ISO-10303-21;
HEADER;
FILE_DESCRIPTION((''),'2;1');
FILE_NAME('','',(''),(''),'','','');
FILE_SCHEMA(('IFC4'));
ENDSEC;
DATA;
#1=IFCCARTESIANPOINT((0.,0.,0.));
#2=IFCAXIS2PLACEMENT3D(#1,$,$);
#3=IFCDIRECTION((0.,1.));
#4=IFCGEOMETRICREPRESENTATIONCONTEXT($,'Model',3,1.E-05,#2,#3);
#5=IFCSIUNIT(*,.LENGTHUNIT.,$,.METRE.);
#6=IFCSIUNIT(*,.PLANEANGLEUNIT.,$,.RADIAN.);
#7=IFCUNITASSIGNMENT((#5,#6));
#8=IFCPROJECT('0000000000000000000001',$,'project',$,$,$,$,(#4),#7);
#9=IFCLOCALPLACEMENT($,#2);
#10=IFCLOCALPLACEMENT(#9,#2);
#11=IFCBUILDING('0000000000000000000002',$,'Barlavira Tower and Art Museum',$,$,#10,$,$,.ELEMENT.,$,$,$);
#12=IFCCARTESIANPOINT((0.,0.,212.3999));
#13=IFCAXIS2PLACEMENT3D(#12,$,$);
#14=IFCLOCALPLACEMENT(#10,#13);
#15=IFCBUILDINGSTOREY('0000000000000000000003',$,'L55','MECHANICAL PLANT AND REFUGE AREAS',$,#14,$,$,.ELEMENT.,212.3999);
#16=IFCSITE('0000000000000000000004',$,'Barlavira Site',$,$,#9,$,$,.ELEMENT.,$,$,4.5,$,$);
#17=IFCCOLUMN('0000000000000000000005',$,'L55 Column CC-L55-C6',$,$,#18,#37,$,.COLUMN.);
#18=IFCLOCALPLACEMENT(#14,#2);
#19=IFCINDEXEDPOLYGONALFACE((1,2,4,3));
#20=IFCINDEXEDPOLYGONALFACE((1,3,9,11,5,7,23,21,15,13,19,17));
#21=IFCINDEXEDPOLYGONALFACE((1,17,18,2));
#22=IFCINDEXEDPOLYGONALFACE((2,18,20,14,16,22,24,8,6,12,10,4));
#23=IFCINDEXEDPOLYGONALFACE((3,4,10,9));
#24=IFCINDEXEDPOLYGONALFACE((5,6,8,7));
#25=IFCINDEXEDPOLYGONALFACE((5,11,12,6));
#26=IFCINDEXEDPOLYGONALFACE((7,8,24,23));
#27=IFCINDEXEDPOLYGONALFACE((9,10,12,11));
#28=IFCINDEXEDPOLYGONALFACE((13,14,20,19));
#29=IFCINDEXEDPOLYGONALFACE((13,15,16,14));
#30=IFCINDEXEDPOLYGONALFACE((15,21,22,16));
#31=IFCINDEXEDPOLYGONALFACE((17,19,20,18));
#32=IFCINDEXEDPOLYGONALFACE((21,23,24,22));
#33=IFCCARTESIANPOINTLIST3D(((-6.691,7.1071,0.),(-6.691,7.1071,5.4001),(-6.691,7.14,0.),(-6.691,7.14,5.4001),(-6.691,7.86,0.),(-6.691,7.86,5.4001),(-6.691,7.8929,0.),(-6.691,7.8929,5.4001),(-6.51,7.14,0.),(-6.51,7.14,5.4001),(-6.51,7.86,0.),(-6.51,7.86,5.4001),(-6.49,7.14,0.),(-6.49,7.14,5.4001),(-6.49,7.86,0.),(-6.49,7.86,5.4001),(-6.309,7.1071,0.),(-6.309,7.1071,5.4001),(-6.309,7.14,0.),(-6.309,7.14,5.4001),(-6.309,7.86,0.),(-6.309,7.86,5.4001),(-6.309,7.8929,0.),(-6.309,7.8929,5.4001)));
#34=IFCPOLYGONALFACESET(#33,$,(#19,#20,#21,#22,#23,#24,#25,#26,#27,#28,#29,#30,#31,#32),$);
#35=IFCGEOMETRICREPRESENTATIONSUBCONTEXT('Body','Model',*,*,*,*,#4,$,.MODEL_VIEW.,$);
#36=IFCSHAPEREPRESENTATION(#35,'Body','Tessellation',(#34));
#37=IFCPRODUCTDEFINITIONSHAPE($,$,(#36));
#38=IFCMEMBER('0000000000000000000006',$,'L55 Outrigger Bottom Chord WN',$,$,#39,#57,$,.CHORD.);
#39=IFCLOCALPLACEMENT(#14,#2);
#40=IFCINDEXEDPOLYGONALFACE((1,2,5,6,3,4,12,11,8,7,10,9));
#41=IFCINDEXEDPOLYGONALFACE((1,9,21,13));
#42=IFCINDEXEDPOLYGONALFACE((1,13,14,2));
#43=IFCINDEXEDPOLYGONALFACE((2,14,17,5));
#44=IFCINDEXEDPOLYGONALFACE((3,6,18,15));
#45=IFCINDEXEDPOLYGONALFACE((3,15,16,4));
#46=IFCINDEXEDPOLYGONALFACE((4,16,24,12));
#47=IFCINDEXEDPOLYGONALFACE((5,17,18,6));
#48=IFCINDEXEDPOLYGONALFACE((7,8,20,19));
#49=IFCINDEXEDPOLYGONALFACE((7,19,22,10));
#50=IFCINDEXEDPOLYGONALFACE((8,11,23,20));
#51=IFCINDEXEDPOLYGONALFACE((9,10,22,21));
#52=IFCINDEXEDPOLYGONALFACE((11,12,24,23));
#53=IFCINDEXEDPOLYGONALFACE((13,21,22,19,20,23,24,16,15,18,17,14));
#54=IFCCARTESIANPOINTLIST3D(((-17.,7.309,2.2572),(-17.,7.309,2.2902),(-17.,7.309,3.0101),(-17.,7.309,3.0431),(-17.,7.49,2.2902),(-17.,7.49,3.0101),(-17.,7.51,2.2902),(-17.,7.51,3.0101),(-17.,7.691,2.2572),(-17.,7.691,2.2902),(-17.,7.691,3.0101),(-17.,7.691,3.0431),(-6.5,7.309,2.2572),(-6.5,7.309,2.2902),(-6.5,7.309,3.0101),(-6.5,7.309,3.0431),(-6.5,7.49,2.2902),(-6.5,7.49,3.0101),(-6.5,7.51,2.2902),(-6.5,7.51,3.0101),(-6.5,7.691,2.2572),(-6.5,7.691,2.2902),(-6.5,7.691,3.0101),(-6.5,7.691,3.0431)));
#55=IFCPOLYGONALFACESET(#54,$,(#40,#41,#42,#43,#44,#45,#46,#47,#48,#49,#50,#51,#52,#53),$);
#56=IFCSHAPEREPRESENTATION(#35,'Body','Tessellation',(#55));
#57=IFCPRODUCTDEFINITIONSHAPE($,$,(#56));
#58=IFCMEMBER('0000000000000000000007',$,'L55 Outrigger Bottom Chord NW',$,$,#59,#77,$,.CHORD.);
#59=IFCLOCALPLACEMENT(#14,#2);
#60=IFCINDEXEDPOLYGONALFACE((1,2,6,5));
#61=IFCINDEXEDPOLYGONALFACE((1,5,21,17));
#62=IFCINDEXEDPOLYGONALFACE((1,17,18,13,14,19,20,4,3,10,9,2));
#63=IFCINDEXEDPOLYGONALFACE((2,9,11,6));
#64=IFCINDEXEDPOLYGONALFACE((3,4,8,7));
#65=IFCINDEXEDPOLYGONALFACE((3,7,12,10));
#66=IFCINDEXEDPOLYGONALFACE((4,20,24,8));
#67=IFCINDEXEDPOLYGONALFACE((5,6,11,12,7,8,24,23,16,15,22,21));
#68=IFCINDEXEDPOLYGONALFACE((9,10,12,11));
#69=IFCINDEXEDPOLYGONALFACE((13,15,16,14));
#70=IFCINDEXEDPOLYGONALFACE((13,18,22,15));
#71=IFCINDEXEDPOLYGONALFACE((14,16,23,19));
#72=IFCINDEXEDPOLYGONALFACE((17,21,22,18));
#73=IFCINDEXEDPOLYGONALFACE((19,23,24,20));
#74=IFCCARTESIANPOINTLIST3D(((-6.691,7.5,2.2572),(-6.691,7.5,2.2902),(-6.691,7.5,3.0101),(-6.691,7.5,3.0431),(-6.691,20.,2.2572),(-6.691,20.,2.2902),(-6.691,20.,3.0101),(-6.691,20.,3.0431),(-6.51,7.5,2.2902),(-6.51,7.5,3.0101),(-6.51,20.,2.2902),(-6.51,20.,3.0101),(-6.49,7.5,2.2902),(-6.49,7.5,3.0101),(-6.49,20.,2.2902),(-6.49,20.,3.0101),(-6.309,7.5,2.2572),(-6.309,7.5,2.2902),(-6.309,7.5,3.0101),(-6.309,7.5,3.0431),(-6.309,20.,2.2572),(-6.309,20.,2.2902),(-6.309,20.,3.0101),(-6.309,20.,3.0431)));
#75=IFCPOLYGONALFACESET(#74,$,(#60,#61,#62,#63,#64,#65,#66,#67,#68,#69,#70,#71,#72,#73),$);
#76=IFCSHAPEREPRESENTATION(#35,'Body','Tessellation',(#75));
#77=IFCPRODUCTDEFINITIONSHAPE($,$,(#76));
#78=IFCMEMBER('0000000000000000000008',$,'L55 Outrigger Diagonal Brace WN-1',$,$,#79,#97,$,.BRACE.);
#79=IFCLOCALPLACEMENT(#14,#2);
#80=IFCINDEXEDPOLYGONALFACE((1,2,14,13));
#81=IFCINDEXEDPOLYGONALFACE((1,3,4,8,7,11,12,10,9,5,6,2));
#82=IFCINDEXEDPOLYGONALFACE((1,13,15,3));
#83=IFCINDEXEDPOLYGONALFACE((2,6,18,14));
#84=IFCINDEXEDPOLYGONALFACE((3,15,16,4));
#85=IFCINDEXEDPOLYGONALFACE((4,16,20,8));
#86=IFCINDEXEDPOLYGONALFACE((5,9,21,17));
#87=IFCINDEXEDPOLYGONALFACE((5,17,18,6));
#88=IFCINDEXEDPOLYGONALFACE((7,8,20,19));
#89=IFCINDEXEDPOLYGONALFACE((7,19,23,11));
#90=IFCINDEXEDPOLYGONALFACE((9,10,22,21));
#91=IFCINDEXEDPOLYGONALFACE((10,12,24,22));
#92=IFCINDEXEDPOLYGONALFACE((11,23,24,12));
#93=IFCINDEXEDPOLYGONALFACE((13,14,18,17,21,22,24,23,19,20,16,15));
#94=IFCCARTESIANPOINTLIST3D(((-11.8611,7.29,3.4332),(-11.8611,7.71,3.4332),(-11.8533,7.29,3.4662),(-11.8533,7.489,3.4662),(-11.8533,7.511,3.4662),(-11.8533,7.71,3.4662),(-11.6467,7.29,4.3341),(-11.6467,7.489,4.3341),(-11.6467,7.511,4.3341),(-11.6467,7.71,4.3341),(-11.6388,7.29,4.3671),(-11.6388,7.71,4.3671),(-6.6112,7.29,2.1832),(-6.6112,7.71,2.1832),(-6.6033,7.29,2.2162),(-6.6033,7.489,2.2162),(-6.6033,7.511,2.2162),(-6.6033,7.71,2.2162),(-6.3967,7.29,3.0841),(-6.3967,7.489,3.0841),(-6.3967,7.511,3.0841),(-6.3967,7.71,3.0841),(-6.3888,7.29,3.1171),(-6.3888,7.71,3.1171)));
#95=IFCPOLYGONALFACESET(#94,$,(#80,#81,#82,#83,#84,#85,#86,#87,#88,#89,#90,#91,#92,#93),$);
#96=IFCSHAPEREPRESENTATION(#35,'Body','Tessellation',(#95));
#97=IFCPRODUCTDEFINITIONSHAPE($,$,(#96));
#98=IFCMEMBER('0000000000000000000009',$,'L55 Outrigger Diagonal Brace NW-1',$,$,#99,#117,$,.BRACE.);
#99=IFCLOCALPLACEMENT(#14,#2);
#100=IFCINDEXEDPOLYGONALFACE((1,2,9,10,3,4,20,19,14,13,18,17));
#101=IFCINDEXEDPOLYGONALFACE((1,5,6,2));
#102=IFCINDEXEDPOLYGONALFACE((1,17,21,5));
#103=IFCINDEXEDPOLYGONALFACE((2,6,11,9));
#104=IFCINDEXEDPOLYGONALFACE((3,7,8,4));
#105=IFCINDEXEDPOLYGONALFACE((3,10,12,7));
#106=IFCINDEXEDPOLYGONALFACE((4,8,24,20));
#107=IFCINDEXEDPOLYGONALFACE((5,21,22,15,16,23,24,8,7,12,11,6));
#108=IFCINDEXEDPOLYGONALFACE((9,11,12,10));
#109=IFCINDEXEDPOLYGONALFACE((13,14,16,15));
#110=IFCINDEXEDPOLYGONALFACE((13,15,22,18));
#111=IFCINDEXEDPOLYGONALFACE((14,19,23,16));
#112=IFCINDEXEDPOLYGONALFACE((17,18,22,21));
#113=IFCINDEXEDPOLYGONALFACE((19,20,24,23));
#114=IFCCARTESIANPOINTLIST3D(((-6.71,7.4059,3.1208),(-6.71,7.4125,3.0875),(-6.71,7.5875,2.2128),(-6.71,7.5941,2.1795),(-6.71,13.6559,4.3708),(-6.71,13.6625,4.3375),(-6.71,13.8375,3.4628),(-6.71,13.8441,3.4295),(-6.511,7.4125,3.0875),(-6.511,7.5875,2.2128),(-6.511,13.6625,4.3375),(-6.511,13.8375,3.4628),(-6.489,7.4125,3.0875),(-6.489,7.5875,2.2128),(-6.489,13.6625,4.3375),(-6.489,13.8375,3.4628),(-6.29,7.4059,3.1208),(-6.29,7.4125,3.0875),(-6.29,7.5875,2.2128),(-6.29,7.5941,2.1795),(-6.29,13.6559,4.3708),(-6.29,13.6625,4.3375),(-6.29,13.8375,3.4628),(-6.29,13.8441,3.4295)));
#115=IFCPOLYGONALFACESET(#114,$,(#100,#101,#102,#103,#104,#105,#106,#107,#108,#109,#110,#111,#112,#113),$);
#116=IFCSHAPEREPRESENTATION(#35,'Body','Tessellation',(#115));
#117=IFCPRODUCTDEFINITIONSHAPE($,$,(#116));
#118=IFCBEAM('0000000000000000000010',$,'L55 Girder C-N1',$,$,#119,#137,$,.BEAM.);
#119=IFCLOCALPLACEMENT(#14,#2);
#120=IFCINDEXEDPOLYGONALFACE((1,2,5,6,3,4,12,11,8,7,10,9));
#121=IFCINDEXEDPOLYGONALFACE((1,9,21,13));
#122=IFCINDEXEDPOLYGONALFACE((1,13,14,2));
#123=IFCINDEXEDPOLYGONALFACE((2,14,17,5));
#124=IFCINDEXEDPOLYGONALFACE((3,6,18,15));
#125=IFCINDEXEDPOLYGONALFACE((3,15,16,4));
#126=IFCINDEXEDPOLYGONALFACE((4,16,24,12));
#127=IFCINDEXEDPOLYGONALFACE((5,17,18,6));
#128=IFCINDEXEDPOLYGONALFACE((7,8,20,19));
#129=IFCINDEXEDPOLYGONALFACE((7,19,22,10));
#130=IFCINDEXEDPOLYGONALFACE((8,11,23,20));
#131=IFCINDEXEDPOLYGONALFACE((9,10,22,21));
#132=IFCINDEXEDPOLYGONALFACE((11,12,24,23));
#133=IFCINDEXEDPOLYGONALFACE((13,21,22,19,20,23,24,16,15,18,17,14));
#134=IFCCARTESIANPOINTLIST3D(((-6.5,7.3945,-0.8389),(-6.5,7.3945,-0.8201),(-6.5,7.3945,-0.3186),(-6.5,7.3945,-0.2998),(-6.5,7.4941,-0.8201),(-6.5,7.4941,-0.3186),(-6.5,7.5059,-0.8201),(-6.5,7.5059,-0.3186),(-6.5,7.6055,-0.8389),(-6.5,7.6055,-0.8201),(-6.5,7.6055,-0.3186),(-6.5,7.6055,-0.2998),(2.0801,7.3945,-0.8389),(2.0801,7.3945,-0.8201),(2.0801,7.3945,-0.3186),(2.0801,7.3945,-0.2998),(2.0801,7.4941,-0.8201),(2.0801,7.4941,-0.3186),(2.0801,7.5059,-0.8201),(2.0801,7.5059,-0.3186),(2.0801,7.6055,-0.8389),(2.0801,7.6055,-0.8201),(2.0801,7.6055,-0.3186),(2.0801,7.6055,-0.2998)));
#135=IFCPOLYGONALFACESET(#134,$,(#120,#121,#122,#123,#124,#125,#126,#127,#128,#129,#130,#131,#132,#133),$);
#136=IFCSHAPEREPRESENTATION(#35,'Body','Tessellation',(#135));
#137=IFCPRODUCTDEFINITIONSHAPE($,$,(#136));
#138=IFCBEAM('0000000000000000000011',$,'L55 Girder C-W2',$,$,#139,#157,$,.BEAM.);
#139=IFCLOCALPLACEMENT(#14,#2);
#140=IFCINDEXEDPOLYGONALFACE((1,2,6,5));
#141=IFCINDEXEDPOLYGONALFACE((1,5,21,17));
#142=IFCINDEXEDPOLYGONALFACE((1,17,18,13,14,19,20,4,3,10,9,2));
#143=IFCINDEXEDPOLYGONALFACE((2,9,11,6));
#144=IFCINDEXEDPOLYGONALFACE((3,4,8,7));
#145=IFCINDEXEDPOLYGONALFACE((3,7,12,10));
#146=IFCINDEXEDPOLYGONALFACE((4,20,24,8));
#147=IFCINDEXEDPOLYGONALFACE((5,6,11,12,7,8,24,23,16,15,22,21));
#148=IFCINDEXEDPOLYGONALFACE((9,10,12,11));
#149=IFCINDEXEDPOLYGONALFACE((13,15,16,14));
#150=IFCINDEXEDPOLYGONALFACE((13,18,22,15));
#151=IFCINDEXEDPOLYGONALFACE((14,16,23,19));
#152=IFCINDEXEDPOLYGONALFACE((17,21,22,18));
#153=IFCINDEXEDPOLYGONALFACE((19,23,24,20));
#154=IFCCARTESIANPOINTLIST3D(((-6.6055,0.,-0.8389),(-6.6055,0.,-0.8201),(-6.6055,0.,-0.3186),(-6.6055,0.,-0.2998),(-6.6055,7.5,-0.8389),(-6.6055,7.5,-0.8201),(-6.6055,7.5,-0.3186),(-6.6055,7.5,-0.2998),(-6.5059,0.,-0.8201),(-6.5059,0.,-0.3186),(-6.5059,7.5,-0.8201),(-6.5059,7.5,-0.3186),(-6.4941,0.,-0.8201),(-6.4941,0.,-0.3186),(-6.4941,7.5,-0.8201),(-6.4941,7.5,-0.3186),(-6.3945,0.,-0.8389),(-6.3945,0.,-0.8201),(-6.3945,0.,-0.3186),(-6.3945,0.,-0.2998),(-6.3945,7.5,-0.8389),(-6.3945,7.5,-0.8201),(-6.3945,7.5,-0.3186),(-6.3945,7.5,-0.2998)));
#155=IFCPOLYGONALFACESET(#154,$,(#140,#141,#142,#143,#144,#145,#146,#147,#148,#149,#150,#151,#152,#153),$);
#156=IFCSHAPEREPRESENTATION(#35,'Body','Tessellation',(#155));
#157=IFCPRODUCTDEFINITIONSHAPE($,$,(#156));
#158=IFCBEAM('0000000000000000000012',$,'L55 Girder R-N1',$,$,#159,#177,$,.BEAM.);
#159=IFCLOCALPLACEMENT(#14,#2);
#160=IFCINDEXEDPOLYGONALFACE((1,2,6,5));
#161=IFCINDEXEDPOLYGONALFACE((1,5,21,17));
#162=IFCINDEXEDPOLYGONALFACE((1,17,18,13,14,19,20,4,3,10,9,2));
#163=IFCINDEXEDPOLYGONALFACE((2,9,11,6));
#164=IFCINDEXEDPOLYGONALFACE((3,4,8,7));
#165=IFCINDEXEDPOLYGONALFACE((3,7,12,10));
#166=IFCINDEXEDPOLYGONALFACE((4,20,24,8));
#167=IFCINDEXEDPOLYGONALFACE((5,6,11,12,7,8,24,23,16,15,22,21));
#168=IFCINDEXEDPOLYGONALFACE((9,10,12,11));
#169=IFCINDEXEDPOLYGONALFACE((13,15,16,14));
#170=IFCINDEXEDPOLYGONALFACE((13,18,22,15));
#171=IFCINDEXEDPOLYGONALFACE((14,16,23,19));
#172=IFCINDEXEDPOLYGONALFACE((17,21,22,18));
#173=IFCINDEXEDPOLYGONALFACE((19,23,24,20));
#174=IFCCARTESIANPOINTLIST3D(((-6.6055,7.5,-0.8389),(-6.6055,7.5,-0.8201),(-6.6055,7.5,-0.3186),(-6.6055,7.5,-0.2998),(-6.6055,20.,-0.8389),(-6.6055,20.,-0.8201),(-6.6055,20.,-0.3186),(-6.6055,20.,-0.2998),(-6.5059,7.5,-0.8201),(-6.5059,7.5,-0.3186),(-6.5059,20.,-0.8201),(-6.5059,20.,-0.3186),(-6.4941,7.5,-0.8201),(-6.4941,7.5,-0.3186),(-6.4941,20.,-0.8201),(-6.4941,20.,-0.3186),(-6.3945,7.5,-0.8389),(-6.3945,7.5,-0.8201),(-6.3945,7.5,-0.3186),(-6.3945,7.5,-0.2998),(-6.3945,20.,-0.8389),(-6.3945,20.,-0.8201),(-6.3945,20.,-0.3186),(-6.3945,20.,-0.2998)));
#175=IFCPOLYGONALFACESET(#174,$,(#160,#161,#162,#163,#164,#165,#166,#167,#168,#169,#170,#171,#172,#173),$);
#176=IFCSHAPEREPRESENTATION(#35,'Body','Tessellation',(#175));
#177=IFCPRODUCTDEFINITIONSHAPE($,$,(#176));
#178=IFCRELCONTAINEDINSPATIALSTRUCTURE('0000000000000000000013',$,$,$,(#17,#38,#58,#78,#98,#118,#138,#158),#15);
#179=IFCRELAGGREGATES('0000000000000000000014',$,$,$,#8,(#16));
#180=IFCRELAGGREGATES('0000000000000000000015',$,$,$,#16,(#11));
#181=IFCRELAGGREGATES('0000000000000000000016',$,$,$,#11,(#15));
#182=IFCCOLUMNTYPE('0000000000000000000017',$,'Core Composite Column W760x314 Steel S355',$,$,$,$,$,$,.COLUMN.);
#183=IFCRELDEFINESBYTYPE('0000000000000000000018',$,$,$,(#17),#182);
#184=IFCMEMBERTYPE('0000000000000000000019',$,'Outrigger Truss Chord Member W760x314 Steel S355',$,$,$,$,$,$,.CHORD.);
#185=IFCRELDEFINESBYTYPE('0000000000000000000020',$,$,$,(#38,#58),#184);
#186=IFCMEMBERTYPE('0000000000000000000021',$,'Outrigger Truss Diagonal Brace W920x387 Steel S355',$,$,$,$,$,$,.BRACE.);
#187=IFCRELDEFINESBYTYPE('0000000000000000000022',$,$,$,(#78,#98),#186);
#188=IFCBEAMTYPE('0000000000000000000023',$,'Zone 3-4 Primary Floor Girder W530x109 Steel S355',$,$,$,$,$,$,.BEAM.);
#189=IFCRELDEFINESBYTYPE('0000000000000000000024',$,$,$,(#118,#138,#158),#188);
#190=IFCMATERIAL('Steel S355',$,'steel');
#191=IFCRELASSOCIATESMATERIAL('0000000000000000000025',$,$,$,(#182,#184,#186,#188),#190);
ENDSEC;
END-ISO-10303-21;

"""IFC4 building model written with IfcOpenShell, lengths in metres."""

from ifc_helpers import new_model, si_unit, direction, frame, origin, origin_2d, place, context, subcontext, project, spatial, i_section, extrude, material, material_profile, profile_set, type_object, element, save


model = new_model("IFC4")

# Units and contexts
model_context = context("Model", 3, precision=1e-05, world=origin(), true_north=direction((0.0, 1.0)))
body_context = subcontext(model_context, "Body", "Model", "MODEL_VIEW")
ifc_project = project(units=[si_unit("LENGTHUNIT", "METRE"), si_unit("PLANEANGLEUNIT", "RADIAN")], contexts=[model_context])

# Site, building, storey
site_placement = place(None, origin())
site = spatial("IfcSite", under=ifc_project, at=site_placement, Name="Barlavira Site", CompositionType="ELEMENT", RefElevation=4.5)
building_placement = place(site_placement, origin())
building = spatial("IfcBuilding", under=site, at=building_placement, Name="Barlavira Tower and Art Museum", CompositionType="ELEMENT")
storey_placement = place(building_placement, frame((0.0, 0.0, 212.3999)))
storey = spatial("IfcBuildingStorey", under=building, at=storey_placement, Name="L55", Description="MECHANICAL PLANT AND REFUGE AREAS", CompositionType="ELEMENT", Elevation=212.3999)

# Column
ifc_material_1 = material(Name="Steel S355", Category="steel")
ifc_material_profile_1 = material_profile(ifc_material_1, i_section(OverallWidth=0.3821, OverallDepth=0.7859, WebThickness=0.02, FlangeThickness=0.033, at=origin_2d()), Name="W760x314.0")
ifc_profile_set_1 = profile_set([ifc_material_profile_1], Name="Steel S355")
column_type = type_object("IfcColumnType", Name="Core Composite Column W760x314 Steel S355", PredefinedType="COLUMN", material=ifc_profile_set_1)
column_placement = place(storey_placement, frame((-6.5, 7.5, 0.0), z_axis=(0.0, 0.0, 1.0), x_axis=(1.0, 0.0, 0.0)))
element("IfcColumn", 1, at=column_placement, inside=storey, type_object=column_type, Name="L55 Column CC-L55-C6", PredefinedType="COLUMN", context=body_context, shape_type="SweptSolid", body=[
    extrude(i_section(OverallWidth=0.3821, OverallDepth=0.7859, WebThickness=0.02, FlangeThickness=0.033, at=origin_2d()), origin(), (0.0, 0.0, 1.0), 5.4001),
])

# Members
ifc_material_profile_2 = material_profile(ifc_material_1, i_section(OverallWidth=0.3821, OverallDepth=0.7859, WebThickness=0.02, FlangeThickness=0.033, at=origin_2d()), Name="W760x314.0")
ifc_profile_set_2 = profile_set([ifc_material_profile_2], Name="Steel S355")
member_type_1 = type_object("IfcMemberType", Name="Outrigger Truss Chord Member W760x314 Steel S355", PredefinedType="CHORD", material=ifc_profile_set_2)
member_1_placement = place(storey_placement, frame((-6.5, 7.5, 2.6501), z_axis=(-1.0, 0.0, 0.0), x_axis=(0.0, -1.0, 0.0)))
element("IfcMember", 2, at=member_1_placement, inside=storey, type_object=member_type_1, Name="L55 Outrigger Bottom Chord WN", PredefinedType="CHORD", context=body_context, shape_type="SweptSolid", body=[
    extrude(i_section(OverallWidth=0.3821, OverallDepth=0.7859, WebThickness=0.02, FlangeThickness=0.033, at=origin_2d()), origin(), (0.0, 0.0, 1.0), 10.5),
])
member_2_placement = place(storey_placement, frame((-6.5, 7.5, 2.6501), z_axis=(0.0, 1.0, 0.0), x_axis=(-1.0, 0.0, 0.0)))
element("IfcMember", 3, at=member_2_placement, inside=storey, type_object=member_type_1, Name="L55 Outrigger Bottom Chord NW", PredefinedType="CHORD", context=body_context, shape_type="SweptSolid", body=[
    extrude(i_section(OverallWidth=0.3821, OverallDepth=0.7859, WebThickness=0.02, FlangeThickness=0.033, at=origin_2d()), origin(), (0.0, 0.0, 1.0), 12.5),
])
ifc_material_profile_3 = material_profile(ifc_material_1, i_section(OverallWidth=0.4199, OverallDepth=0.96, WebThickness=0.022, FlangeThickness=0.0339, at=origin_2d()), Name="W920x387.0")
ifc_profile_set_3 = profile_set([ifc_material_profile_3], Name="Steel S355")
member_type_2 = type_object("IfcMemberType", Name="Outrigger Truss Diagonal Brace W920x387 Steel S355", PredefinedType="BRACE", material=ifc_profile_set_3)
member_3_placement = place(storey_placement, frame((-6.5, 7.5, 2.6501), z_axis=(-0.972806, 0.0, 0.231621), x_axis=(0.0, -1.0, 0.0)))
element("IfcMember", 4, at=member_3_placement, inside=storey, type_object=member_type_2, Name="L55 Outrigger Diagonal Brace WN-1", PredefinedType="BRACE", context=body_context, shape_type="SweptSolid", body=[
    extrude(i_section(OverallWidth=0.4199, OverallDepth=0.96, WebThickness=0.022, FlangeThickness=0.0339, at=origin_2d()), origin(), (0.0, 0.0, 1.0), 5.3967),
])
member_4_placement = place(storey_placement, frame((-6.5, 7.5, 2.6501), z_axis=(0.0, 0.980581, 0.196116), x_axis=(-1.0, 0.0, 0.0)))
element("IfcMember", 5, at=member_4_placement, inside=storey, type_object=member_type_2, Name="L55 Outrigger Diagonal Brace NW-1", PredefinedType="BRACE", context=body_context, shape_type="SweptSolid", body=[
    extrude(i_section(OverallWidth=0.4199, OverallDepth=0.96, WebThickness=0.022, FlangeThickness=0.0339, at=origin_2d()), origin(), (0.0, 0.0, 1.0), 6.3738),
])

# Beams
ifc_material_profile_4 = material_profile(ifc_material_1, i_section(OverallWidth=0.2109, OverallDepth=0.5391, WebThickness=0.0117, FlangeThickness=0.0188, at=origin_2d()), Name="W530x109.0")
ifc_profile_set_4 = profile_set([ifc_material_profile_4], Name="Steel S355")
beam_type = type_object("IfcBeamType", Name="Zone 3-4 Primary Floor Girder W530x109 Steel S355", PredefinedType="BEAM", material=ifc_profile_set_4)
beam_1_placement = place(storey_placement, frame((-6.5, 7.5, -0.5693), z_axis=(1.0, 0.0, 0.0), x_axis=(0.0, 1.0, 0.0)))
element("IfcBeam", 6, at=beam_1_placement, inside=storey, type_object=beam_type, Name="L55 Girder C-N1", PredefinedType="BEAM", context=body_context, shape_type="SweptSolid", body=[
    extrude(i_section(OverallWidth=0.2109, OverallDepth=0.5391, WebThickness=0.0117, FlangeThickness=0.0188, at=origin_2d()), origin(), (0.0, 0.0, 1.0), 8.5801),
])
beam_2_placement = place(storey_placement, frame((-6.5, 0.0, -0.5693), z_axis=(0.0, 1.0, 0.0), x_axis=(-1.0, 0.0, 0.0)))
element("IfcBeam", 7, at=beam_2_placement, inside=storey, type_object=beam_type, Name="L55 Girder C-W2", PredefinedType="BEAM", context=body_context, shape_type="SweptSolid", body=[
    extrude(i_section(OverallWidth=0.2109, OverallDepth=0.5391, WebThickness=0.0117, FlangeThickness=0.0188, at=origin_2d()), origin(), (0.0, 0.0, 1.0), 7.5),
])
beam_3_placement = place(storey_placement, frame((-6.5, 7.5, -0.5693), z_axis=(0.0, 1.0, 0.0), x_axis=(-1.0, 0.0, 0.0)))
element("IfcBeam", 8, at=beam_3_placement, inside=storey, type_object=beam_type, Name="L55 Girder R-N1", PredefinedType="BEAM", context=body_context, shape_type="SweptSolid", body=[
    extrude(i_section(OverallWidth=0.2109, OverallDepth=0.5391, WebThickness=0.0117, FlangeThickness=0.0188, at=origin_2d()), origin(), (0.0, 0.0, 1.0), 12.5),
])

save(model, "model.ifc")
